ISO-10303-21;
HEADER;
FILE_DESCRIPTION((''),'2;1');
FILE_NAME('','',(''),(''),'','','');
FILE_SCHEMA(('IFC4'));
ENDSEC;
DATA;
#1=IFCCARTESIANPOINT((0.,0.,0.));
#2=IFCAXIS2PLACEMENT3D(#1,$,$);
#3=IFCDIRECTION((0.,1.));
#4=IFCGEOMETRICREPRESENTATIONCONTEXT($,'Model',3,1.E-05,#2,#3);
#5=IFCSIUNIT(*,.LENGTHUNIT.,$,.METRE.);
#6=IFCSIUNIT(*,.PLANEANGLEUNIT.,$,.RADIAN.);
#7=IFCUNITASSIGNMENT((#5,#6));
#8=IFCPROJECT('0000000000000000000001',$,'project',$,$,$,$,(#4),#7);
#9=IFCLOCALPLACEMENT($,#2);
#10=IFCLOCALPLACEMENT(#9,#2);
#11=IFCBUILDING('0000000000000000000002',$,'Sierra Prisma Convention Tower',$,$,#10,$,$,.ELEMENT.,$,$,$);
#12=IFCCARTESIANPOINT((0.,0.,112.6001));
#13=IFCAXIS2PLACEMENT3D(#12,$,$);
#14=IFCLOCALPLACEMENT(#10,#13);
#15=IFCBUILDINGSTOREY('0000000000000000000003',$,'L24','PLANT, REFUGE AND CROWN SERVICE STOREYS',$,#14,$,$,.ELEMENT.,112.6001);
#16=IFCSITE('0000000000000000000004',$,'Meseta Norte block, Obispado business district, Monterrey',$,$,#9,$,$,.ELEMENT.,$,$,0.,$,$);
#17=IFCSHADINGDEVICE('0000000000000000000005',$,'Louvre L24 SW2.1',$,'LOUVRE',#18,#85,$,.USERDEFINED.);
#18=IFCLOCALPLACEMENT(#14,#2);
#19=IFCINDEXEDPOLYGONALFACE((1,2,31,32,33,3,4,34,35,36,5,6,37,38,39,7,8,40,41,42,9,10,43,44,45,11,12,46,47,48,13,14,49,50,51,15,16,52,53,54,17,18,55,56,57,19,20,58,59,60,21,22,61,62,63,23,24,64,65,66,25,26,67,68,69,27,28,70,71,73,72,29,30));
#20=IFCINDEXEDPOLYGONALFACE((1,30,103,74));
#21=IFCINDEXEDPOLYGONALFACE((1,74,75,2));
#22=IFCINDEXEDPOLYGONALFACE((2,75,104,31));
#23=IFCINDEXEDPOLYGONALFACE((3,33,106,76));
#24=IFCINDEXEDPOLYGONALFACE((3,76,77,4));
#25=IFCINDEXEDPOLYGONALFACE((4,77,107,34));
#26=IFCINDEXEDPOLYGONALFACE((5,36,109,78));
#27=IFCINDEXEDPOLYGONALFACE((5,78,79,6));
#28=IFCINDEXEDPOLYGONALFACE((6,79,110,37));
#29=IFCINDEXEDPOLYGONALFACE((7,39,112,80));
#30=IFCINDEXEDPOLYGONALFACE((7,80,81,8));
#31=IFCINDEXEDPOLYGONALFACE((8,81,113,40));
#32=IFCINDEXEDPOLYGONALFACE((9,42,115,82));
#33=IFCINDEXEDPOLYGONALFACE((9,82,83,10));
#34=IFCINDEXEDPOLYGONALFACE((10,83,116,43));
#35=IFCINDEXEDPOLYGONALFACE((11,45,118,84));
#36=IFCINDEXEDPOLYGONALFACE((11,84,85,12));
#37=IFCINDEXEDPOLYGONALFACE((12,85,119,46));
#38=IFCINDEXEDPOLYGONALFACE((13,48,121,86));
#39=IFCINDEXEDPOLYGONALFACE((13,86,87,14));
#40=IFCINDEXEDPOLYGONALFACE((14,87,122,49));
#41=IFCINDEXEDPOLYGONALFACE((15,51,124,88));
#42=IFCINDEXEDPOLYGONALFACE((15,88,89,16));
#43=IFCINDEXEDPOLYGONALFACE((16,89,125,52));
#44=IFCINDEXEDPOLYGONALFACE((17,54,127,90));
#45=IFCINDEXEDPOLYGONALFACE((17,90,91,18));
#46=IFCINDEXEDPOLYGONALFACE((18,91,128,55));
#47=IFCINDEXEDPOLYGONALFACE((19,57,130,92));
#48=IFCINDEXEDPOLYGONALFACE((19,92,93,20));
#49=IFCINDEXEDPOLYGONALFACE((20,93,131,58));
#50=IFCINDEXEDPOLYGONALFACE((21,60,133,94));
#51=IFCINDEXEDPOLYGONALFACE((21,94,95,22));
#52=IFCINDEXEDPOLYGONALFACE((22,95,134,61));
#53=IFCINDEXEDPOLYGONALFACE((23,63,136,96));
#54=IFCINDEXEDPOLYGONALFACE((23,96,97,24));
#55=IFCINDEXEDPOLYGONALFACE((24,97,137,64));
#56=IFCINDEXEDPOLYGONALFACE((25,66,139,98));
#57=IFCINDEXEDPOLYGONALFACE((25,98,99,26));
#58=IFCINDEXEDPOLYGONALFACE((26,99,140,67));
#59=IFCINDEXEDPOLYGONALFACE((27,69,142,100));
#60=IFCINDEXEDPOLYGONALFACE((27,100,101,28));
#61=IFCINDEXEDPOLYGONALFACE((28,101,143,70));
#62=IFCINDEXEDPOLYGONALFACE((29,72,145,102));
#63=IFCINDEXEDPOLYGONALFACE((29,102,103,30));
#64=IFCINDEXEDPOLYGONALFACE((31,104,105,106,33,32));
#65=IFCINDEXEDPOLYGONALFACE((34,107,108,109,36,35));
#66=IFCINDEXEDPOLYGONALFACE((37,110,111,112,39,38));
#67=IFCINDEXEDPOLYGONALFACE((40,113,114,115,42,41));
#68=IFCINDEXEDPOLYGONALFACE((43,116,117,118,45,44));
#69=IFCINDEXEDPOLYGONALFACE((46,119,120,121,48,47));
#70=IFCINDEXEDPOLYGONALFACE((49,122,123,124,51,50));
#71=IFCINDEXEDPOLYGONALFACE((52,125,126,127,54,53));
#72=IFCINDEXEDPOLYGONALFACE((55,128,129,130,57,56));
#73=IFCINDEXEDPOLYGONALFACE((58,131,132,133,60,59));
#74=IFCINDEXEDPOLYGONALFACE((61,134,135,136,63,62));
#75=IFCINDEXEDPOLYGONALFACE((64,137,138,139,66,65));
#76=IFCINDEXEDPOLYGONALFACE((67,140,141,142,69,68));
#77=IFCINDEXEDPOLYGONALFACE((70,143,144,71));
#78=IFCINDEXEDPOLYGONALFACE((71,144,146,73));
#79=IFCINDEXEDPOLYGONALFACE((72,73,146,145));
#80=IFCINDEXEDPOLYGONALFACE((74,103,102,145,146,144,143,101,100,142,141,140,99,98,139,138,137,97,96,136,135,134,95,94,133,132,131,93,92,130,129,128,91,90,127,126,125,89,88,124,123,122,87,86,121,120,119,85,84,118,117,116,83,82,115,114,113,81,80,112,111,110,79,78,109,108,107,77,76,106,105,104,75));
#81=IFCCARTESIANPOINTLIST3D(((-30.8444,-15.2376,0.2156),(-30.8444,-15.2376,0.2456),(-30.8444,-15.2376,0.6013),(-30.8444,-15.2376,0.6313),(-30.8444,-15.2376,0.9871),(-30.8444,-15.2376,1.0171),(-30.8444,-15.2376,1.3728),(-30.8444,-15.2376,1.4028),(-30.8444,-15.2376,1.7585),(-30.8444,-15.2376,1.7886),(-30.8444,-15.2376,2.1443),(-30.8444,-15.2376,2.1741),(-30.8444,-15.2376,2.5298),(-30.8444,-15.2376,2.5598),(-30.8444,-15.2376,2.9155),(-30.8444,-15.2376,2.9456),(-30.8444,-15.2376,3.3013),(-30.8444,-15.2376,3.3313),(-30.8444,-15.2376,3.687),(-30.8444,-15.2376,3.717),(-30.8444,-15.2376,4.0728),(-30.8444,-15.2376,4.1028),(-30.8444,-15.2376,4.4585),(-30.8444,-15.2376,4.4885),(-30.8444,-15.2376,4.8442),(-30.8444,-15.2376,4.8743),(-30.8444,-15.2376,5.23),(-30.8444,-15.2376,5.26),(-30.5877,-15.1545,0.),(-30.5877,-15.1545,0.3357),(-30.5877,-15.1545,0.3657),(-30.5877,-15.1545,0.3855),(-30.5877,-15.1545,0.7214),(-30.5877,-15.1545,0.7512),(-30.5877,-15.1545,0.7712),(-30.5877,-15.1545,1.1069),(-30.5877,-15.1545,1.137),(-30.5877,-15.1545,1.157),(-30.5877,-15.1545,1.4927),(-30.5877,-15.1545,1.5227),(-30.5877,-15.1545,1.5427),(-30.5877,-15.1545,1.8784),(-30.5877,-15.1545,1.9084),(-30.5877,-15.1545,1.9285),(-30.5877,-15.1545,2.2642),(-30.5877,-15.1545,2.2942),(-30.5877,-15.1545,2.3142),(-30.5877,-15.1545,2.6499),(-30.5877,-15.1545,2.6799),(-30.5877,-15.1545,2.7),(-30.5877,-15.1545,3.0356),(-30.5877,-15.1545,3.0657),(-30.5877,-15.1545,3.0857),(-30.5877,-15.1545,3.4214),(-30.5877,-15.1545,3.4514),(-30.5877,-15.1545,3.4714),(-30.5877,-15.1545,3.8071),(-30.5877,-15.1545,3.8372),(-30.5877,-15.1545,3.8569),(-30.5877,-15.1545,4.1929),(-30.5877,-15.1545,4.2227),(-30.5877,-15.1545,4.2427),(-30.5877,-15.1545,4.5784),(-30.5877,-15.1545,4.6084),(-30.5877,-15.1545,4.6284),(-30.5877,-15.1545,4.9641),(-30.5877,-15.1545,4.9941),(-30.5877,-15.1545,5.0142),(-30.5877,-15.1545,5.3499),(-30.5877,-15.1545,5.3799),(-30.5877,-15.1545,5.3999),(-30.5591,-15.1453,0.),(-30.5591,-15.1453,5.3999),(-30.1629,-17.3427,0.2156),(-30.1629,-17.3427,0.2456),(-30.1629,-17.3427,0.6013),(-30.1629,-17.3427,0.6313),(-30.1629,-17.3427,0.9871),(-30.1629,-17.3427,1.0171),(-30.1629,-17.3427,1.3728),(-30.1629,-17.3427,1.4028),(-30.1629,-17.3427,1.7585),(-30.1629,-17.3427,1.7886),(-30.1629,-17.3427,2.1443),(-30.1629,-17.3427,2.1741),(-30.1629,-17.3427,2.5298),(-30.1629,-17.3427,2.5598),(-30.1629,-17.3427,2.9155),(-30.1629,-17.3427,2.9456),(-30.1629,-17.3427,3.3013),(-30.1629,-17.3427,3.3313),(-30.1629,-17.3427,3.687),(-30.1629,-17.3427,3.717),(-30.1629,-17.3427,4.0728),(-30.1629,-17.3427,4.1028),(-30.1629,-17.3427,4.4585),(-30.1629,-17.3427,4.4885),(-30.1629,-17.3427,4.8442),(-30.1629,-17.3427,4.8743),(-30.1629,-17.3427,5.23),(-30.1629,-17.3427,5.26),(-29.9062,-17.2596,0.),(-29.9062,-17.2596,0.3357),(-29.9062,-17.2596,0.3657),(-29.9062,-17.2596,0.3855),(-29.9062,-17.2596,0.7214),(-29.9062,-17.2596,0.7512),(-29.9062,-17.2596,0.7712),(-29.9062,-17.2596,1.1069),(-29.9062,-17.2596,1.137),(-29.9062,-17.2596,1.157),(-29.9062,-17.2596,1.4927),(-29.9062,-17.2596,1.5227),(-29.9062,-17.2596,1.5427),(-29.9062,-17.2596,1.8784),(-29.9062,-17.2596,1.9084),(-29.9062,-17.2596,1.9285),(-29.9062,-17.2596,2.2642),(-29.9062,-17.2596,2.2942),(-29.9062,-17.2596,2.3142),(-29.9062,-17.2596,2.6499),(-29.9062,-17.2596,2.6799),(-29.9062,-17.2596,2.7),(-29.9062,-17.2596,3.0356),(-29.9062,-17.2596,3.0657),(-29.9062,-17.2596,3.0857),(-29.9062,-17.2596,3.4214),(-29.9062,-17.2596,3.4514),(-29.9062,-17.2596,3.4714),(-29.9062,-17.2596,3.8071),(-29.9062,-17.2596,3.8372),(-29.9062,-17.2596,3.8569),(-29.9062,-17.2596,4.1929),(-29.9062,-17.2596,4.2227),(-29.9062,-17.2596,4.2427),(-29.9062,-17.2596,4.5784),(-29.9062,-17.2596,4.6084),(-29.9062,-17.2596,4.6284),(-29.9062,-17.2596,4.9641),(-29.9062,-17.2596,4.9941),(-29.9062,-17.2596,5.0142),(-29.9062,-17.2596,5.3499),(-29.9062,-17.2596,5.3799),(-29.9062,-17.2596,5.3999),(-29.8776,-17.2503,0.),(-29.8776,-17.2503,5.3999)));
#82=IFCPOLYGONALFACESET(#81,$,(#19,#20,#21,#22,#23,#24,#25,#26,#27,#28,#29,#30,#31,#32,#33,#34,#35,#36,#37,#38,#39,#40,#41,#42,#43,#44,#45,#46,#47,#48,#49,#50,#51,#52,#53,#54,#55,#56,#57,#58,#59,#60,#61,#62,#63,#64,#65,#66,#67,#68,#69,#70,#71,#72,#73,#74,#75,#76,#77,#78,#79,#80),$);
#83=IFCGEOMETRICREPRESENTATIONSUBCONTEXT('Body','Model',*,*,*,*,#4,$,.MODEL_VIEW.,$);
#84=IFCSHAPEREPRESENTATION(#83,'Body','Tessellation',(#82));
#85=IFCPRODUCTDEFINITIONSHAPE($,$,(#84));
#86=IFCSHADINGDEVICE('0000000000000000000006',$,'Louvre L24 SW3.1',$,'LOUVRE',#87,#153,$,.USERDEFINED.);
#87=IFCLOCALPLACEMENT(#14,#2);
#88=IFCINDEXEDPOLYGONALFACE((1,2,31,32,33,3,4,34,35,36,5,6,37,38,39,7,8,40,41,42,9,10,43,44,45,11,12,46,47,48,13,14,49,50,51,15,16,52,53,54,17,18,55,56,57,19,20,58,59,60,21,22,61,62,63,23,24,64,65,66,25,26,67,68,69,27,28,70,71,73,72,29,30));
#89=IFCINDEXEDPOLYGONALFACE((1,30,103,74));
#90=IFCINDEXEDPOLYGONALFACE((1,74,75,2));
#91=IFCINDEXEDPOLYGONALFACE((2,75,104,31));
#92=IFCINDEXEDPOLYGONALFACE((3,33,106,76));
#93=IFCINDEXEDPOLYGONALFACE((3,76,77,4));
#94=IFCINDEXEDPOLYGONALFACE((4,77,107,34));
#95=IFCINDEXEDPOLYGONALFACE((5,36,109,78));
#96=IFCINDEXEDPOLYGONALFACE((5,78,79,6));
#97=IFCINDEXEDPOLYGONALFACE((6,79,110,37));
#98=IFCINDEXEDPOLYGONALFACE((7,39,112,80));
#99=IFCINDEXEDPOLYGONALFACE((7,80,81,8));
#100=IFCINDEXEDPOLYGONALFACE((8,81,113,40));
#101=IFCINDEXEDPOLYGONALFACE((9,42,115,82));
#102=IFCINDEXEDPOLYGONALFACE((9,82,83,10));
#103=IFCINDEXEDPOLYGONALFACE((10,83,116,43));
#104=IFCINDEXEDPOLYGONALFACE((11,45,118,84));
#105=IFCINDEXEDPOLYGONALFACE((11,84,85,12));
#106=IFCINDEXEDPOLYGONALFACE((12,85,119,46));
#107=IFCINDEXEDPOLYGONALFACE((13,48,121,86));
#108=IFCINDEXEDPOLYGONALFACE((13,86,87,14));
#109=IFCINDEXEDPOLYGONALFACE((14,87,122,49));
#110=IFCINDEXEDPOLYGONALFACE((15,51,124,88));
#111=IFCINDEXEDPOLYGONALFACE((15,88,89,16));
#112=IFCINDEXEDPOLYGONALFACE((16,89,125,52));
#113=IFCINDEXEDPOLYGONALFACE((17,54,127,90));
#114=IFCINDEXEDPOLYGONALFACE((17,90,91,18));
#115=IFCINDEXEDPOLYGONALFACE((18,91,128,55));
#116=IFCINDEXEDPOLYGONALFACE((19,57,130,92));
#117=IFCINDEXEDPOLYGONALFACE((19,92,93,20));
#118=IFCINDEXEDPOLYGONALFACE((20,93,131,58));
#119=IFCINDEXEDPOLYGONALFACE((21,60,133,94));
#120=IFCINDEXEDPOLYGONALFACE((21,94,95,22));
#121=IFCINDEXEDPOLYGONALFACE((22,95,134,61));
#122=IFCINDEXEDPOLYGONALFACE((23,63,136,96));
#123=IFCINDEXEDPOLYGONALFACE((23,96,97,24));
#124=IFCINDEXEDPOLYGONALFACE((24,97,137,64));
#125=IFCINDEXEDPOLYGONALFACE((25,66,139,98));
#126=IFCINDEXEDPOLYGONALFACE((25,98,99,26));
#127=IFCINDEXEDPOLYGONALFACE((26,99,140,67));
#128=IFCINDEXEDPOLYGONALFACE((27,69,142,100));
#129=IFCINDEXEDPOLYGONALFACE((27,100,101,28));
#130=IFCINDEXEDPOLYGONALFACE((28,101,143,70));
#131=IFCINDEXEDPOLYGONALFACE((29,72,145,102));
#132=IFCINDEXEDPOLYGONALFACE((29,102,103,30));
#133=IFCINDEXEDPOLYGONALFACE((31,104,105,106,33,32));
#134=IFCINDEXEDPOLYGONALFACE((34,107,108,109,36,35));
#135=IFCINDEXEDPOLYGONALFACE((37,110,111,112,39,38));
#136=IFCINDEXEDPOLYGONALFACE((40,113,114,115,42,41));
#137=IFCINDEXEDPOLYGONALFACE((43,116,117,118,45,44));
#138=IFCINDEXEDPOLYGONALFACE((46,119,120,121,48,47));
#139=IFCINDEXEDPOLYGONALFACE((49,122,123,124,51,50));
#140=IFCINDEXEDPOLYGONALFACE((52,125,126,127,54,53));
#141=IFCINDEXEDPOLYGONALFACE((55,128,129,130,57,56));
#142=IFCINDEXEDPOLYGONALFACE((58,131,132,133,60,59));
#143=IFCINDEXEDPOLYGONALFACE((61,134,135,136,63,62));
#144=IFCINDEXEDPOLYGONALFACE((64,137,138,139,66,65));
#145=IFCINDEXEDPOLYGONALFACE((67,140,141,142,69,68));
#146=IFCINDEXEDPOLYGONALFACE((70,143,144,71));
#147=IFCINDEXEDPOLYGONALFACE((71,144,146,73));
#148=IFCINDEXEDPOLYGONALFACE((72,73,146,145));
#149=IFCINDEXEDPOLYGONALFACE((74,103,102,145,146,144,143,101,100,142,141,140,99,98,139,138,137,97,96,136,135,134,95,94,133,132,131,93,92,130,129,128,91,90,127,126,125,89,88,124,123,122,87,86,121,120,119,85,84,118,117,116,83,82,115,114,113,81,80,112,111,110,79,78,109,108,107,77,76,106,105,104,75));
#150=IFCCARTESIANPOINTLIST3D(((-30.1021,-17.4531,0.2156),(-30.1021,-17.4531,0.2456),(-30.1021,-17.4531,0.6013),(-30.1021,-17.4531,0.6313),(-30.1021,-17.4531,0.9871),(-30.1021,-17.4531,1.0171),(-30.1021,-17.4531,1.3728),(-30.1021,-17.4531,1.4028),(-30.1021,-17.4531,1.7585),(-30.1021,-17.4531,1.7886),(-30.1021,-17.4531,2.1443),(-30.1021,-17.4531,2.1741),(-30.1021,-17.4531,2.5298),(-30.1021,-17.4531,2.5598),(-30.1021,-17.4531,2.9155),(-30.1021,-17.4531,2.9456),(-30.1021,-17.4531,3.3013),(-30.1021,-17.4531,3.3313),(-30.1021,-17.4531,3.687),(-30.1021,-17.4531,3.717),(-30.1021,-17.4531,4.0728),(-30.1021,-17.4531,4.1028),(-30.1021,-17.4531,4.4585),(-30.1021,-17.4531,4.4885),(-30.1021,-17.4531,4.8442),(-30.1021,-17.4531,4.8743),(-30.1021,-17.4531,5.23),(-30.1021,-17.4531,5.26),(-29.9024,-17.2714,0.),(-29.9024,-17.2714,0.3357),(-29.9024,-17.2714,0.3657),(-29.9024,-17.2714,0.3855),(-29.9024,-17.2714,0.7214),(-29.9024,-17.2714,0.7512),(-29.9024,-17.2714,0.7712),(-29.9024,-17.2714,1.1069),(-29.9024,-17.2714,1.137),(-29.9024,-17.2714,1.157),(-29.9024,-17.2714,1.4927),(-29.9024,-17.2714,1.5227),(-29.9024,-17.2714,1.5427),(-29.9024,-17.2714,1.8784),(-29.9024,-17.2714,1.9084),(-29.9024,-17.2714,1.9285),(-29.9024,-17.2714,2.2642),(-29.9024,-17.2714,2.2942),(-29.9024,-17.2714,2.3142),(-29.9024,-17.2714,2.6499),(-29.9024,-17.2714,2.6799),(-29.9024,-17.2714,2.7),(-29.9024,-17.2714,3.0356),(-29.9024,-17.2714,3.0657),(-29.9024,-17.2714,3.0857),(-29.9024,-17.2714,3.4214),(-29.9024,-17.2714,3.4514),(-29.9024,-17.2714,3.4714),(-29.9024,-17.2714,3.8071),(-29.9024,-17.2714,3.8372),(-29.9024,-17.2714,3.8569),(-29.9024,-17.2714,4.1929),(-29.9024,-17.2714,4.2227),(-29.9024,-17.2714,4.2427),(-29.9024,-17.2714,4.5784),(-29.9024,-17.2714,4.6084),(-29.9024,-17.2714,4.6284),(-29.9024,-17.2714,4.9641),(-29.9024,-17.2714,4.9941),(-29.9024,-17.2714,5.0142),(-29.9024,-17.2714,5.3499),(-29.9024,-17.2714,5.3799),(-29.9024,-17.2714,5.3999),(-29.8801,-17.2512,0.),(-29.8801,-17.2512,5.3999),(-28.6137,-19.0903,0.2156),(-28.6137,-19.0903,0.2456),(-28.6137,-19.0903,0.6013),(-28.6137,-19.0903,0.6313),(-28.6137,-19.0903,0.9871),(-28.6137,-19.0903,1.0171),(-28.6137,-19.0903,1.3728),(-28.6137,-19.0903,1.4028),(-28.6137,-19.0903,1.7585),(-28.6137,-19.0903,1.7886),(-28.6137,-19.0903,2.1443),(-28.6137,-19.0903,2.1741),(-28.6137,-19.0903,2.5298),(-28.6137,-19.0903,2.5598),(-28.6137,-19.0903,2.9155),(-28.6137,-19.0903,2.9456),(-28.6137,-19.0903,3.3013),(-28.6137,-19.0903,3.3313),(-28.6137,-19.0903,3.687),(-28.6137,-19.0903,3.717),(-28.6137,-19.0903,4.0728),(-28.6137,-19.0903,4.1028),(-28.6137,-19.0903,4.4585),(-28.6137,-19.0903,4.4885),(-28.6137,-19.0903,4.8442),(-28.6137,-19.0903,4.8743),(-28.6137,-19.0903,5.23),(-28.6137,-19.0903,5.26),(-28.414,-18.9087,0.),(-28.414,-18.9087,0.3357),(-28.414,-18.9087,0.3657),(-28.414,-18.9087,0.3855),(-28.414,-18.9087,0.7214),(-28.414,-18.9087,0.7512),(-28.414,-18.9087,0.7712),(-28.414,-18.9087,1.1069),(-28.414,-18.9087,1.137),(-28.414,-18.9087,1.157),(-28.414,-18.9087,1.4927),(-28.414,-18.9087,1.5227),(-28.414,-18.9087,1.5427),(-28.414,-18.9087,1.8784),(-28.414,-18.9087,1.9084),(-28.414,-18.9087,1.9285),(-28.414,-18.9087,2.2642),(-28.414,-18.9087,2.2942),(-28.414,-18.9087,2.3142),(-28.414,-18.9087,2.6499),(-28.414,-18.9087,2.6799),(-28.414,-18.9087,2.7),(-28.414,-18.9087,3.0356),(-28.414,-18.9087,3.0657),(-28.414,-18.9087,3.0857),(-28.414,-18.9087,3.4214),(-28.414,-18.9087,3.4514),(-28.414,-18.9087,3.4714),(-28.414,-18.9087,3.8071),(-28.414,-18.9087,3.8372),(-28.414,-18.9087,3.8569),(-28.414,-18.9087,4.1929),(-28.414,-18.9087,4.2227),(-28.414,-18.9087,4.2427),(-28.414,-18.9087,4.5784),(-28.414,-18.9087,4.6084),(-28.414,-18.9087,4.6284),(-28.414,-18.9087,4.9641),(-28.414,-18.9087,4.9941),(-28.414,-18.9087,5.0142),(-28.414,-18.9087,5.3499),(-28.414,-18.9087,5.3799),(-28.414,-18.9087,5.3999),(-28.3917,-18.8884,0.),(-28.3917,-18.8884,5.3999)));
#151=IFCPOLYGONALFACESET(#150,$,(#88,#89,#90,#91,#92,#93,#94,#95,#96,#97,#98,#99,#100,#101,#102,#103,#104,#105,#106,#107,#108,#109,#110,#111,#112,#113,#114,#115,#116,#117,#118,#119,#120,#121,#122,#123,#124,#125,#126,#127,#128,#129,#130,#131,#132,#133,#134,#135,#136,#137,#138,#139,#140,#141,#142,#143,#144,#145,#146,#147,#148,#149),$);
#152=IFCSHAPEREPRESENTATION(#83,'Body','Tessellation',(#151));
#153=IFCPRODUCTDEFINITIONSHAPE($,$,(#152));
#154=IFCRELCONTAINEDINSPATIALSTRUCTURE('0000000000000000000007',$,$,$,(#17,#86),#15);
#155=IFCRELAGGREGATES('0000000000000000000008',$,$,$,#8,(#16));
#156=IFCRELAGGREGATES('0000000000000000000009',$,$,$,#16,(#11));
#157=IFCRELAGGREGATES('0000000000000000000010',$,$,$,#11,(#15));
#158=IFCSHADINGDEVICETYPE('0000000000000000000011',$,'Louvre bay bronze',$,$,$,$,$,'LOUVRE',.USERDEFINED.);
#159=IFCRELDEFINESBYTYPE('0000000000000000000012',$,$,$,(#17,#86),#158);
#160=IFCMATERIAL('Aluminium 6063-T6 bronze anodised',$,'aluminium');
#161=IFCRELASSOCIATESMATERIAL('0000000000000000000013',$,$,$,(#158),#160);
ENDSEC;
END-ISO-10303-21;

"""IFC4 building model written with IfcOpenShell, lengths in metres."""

from ifc_helpers import new_model, si_unit, direction, frame, origin, place, context, subcontext, project, spatial, polyline, outline, extrude, material, type_object, element, save


model = new_model("IFC4")

# Units and contexts
model_context = context("Model", 3, precision=1e-05, world=origin(), true_north=direction((0.0, 1.0)))
body_context = subcontext(model_context, "Body", "Model", "MODEL_VIEW")
ifc_project = project(units=[si_unit("LENGTHUNIT", "METRE"), si_unit("PLANEANGLEUNIT", "RADIAN")], contexts=[model_context])

# Site, building, storey
site_placement = place(None, origin())
site = spatial("IfcSite", under=ifc_project, at=site_placement, Name="Meseta Norte block, Obispado business district, Monterrey", CompositionType="ELEMENT", RefElevation=0.0)
building_placement = place(site_placement, origin())
building = spatial("IfcBuilding", under=site, at=building_placement, Name="Sierra Prisma Convention Tower", CompositionType="ELEMENT")
storey_placement = place(building_placement, frame((0.0, 0.0, 112.6001)))
storey = spatial("IfcBuildingStorey", under=building, at=storey_placement, Name="L24", Description="PLANT, REFUGE AND CROWN SERVICE STOREYS", CompositionType="ELEMENT", Elevation=112.6001)

# Shading devices
ifc_material_1 = material(Name="Aluminium 6063-T6 bronze anodised", Category="aluminium")
shading_device_type = type_object("IfcShadingDeviceType", Name="Louvre bay bronze", ElementType="LOUVRE", PredefinedType="USERDEFINED", material=ifc_material_1)
shading_device_1_placement = place(storey_placement, frame((-30.5591, -15.1453, 0.0), z_axis=(-0.308001, 0.951386, 0.0), x_axis=(0.0, 0.0, 1.0)))
element("IfcShadingDevice", 1, at=shading_device_1_placement, inside=storey, type_object=shading_device_type, Name="Louvre L24 SW2.1", ObjectType="LOUVRE", PredefinedType="USERDEFINED", context=body_context, shape_type="SweptSolid", body=[
    extrude(outline(polyline([(0.0, 0.0), (5.3999, 0.0), (5.3999, -0.03), (5.3799, -0.03), (5.26, -0.2999), (5.23, -0.2999), (5.3499, -0.03), (5.0142, -0.03), (4.9941, -0.03), (4.8743, -0.2999), (4.8442, -0.2999), (4.9641, -0.03), (4.6284, -0.03), (4.6084, -0.03), (4.4885, -0.2999), (4.4585, -0.2999), (4.5784, -0.03), (4.2427, -0.03), (4.2227, -0.03), (4.1028, -0.2999), (4.0728, -0.2999), (4.1929, -0.03), (3.8569, -0.03), (3.8372, -0.03), (3.717, -0.2999), (3.687, -0.2999), (3.8071, -0.03), (3.4714, -0.03), (3.4514, -0.03), (3.3313, -0.2999), (3.3013, -0.2999), (3.4214, -0.03), (3.0857, -0.03), (3.0657, -0.03), (2.9456, -0.2999), (2.9155, -0.2999), (3.0356, -0.03), (2.7, -0.03), (2.6799, -0.03), (2.5598, -0.2999), (2.5298, -0.2999), (2.6499, -0.03), (2.3142, -0.03), (2.2942, -0.03), (2.1741, -0.2999), (2.1443, -0.2999), (2.2642, -0.03), (1.9285, -0.03), (1.9084, -0.03), (1.7886, -0.2999), (1.7585, -0.2999), (1.8784, -0.03), (1.5427, -0.03), (1.5227, -0.03), (1.4028, -0.2999), (1.3728, -0.2999), (1.4927, -0.03), (1.157, -0.03), (1.137, -0.03), (1.0171, -0.2999), (0.9871, -0.2999), (1.1069, -0.03), (0.7712, -0.03), (0.7512, -0.03), (0.6313, -0.2999), (0.6013, -0.2999), (0.7214, -0.03), (0.3855, -0.03), (0.3657, -0.03), (0.2456, -0.2999), (0.2156, -0.2999), (0.3357, -0.03), (0.0, -0.03), (0.0, 0.0)])), origin(), (0.0, 0.0, -1.0), 2.2126),
])
shading_device_2_placement = place(storey_placement, frame((-29.8801, -17.2512, 0.0), z_axis=(-0.672683, 0.739931, 0.0), x_axis=(0.0, 0.0, 1.0)))
element("IfcShadingDevice", 2, at=shading_device_2_placement, inside=storey, type_object=shading_device_type, Name="Louvre L24 SW3.1", ObjectType="LOUVRE", PredefinedType="USERDEFINED", context=body_context, shape_type="SweptSolid", body=[
    extrude(outline(polyline([(0.0, 0.0), (5.3999, 0.0), (5.3999, -0.0301), (5.3799, -0.0301), (5.26, -0.3001), (5.23, -0.3001), (5.3499, -0.0301), (5.0142, -0.0301), (4.9941, -0.0301), (4.8743, -0.3001), (4.8442, -0.3001), (4.9641, -0.0301), (4.6284, -0.0301), (4.6084, -0.0301), (4.4885, -0.3001), (4.4585, -0.3001), (4.5784, -0.0301), (4.2427, -0.0301), (4.2227, -0.0301), (4.1028, -0.3001), (4.0728, -0.3001), (4.1929, -0.0301), (3.8569, -0.0301), (3.8372, -0.0301), (3.717, -0.3001), (3.687, -0.3001), (3.8071, -0.0301), (3.4714, -0.0301), (3.4514, -0.0301), (3.3313, -0.3001), (3.3013, -0.3001), (3.4214, -0.0301), (3.0857, -0.0301), (3.0657, -0.0301), (2.9456, -0.3001), (2.9155, -0.3001), (3.0356, -0.0301), (2.7, -0.0301), (2.6799, -0.0301), (2.5598, -0.3001), (2.5298, -0.3001), (2.6499, -0.0301), (2.3142, -0.0301), (2.2942, -0.0301), (2.1741, -0.3001), (2.1443, -0.3001), (2.2642, -0.0301), (1.9285, -0.0301), (1.9084, -0.0301), (1.7886, -0.3001), (1.7585, -0.3001), (1.8784, -0.0301), (1.5427, -0.0301), (1.5227, -0.0301), (1.4028, -0.3001), (1.3728, -0.3001), (1.4927, -0.0301), (1.157, -0.0301), (1.137, -0.0301), (1.0171, -0.3001), (0.9871, -0.3001), (1.1069, -0.0301), (0.7712, -0.0301), (0.7512, -0.0301), (0.6313, -0.3001), (0.6013, -0.3001), (0.7214, -0.0301), (0.3855, -0.0301), (0.3657, -0.0301), (0.2456, -0.3001), (0.2156, -0.3001), (0.3357, -0.0301), (0.0, -0.0301), (0.0, 0.0)])), origin(), (0.0, 0.0, -1.0), 2.2126),
])

save(model, "model.ifc")
